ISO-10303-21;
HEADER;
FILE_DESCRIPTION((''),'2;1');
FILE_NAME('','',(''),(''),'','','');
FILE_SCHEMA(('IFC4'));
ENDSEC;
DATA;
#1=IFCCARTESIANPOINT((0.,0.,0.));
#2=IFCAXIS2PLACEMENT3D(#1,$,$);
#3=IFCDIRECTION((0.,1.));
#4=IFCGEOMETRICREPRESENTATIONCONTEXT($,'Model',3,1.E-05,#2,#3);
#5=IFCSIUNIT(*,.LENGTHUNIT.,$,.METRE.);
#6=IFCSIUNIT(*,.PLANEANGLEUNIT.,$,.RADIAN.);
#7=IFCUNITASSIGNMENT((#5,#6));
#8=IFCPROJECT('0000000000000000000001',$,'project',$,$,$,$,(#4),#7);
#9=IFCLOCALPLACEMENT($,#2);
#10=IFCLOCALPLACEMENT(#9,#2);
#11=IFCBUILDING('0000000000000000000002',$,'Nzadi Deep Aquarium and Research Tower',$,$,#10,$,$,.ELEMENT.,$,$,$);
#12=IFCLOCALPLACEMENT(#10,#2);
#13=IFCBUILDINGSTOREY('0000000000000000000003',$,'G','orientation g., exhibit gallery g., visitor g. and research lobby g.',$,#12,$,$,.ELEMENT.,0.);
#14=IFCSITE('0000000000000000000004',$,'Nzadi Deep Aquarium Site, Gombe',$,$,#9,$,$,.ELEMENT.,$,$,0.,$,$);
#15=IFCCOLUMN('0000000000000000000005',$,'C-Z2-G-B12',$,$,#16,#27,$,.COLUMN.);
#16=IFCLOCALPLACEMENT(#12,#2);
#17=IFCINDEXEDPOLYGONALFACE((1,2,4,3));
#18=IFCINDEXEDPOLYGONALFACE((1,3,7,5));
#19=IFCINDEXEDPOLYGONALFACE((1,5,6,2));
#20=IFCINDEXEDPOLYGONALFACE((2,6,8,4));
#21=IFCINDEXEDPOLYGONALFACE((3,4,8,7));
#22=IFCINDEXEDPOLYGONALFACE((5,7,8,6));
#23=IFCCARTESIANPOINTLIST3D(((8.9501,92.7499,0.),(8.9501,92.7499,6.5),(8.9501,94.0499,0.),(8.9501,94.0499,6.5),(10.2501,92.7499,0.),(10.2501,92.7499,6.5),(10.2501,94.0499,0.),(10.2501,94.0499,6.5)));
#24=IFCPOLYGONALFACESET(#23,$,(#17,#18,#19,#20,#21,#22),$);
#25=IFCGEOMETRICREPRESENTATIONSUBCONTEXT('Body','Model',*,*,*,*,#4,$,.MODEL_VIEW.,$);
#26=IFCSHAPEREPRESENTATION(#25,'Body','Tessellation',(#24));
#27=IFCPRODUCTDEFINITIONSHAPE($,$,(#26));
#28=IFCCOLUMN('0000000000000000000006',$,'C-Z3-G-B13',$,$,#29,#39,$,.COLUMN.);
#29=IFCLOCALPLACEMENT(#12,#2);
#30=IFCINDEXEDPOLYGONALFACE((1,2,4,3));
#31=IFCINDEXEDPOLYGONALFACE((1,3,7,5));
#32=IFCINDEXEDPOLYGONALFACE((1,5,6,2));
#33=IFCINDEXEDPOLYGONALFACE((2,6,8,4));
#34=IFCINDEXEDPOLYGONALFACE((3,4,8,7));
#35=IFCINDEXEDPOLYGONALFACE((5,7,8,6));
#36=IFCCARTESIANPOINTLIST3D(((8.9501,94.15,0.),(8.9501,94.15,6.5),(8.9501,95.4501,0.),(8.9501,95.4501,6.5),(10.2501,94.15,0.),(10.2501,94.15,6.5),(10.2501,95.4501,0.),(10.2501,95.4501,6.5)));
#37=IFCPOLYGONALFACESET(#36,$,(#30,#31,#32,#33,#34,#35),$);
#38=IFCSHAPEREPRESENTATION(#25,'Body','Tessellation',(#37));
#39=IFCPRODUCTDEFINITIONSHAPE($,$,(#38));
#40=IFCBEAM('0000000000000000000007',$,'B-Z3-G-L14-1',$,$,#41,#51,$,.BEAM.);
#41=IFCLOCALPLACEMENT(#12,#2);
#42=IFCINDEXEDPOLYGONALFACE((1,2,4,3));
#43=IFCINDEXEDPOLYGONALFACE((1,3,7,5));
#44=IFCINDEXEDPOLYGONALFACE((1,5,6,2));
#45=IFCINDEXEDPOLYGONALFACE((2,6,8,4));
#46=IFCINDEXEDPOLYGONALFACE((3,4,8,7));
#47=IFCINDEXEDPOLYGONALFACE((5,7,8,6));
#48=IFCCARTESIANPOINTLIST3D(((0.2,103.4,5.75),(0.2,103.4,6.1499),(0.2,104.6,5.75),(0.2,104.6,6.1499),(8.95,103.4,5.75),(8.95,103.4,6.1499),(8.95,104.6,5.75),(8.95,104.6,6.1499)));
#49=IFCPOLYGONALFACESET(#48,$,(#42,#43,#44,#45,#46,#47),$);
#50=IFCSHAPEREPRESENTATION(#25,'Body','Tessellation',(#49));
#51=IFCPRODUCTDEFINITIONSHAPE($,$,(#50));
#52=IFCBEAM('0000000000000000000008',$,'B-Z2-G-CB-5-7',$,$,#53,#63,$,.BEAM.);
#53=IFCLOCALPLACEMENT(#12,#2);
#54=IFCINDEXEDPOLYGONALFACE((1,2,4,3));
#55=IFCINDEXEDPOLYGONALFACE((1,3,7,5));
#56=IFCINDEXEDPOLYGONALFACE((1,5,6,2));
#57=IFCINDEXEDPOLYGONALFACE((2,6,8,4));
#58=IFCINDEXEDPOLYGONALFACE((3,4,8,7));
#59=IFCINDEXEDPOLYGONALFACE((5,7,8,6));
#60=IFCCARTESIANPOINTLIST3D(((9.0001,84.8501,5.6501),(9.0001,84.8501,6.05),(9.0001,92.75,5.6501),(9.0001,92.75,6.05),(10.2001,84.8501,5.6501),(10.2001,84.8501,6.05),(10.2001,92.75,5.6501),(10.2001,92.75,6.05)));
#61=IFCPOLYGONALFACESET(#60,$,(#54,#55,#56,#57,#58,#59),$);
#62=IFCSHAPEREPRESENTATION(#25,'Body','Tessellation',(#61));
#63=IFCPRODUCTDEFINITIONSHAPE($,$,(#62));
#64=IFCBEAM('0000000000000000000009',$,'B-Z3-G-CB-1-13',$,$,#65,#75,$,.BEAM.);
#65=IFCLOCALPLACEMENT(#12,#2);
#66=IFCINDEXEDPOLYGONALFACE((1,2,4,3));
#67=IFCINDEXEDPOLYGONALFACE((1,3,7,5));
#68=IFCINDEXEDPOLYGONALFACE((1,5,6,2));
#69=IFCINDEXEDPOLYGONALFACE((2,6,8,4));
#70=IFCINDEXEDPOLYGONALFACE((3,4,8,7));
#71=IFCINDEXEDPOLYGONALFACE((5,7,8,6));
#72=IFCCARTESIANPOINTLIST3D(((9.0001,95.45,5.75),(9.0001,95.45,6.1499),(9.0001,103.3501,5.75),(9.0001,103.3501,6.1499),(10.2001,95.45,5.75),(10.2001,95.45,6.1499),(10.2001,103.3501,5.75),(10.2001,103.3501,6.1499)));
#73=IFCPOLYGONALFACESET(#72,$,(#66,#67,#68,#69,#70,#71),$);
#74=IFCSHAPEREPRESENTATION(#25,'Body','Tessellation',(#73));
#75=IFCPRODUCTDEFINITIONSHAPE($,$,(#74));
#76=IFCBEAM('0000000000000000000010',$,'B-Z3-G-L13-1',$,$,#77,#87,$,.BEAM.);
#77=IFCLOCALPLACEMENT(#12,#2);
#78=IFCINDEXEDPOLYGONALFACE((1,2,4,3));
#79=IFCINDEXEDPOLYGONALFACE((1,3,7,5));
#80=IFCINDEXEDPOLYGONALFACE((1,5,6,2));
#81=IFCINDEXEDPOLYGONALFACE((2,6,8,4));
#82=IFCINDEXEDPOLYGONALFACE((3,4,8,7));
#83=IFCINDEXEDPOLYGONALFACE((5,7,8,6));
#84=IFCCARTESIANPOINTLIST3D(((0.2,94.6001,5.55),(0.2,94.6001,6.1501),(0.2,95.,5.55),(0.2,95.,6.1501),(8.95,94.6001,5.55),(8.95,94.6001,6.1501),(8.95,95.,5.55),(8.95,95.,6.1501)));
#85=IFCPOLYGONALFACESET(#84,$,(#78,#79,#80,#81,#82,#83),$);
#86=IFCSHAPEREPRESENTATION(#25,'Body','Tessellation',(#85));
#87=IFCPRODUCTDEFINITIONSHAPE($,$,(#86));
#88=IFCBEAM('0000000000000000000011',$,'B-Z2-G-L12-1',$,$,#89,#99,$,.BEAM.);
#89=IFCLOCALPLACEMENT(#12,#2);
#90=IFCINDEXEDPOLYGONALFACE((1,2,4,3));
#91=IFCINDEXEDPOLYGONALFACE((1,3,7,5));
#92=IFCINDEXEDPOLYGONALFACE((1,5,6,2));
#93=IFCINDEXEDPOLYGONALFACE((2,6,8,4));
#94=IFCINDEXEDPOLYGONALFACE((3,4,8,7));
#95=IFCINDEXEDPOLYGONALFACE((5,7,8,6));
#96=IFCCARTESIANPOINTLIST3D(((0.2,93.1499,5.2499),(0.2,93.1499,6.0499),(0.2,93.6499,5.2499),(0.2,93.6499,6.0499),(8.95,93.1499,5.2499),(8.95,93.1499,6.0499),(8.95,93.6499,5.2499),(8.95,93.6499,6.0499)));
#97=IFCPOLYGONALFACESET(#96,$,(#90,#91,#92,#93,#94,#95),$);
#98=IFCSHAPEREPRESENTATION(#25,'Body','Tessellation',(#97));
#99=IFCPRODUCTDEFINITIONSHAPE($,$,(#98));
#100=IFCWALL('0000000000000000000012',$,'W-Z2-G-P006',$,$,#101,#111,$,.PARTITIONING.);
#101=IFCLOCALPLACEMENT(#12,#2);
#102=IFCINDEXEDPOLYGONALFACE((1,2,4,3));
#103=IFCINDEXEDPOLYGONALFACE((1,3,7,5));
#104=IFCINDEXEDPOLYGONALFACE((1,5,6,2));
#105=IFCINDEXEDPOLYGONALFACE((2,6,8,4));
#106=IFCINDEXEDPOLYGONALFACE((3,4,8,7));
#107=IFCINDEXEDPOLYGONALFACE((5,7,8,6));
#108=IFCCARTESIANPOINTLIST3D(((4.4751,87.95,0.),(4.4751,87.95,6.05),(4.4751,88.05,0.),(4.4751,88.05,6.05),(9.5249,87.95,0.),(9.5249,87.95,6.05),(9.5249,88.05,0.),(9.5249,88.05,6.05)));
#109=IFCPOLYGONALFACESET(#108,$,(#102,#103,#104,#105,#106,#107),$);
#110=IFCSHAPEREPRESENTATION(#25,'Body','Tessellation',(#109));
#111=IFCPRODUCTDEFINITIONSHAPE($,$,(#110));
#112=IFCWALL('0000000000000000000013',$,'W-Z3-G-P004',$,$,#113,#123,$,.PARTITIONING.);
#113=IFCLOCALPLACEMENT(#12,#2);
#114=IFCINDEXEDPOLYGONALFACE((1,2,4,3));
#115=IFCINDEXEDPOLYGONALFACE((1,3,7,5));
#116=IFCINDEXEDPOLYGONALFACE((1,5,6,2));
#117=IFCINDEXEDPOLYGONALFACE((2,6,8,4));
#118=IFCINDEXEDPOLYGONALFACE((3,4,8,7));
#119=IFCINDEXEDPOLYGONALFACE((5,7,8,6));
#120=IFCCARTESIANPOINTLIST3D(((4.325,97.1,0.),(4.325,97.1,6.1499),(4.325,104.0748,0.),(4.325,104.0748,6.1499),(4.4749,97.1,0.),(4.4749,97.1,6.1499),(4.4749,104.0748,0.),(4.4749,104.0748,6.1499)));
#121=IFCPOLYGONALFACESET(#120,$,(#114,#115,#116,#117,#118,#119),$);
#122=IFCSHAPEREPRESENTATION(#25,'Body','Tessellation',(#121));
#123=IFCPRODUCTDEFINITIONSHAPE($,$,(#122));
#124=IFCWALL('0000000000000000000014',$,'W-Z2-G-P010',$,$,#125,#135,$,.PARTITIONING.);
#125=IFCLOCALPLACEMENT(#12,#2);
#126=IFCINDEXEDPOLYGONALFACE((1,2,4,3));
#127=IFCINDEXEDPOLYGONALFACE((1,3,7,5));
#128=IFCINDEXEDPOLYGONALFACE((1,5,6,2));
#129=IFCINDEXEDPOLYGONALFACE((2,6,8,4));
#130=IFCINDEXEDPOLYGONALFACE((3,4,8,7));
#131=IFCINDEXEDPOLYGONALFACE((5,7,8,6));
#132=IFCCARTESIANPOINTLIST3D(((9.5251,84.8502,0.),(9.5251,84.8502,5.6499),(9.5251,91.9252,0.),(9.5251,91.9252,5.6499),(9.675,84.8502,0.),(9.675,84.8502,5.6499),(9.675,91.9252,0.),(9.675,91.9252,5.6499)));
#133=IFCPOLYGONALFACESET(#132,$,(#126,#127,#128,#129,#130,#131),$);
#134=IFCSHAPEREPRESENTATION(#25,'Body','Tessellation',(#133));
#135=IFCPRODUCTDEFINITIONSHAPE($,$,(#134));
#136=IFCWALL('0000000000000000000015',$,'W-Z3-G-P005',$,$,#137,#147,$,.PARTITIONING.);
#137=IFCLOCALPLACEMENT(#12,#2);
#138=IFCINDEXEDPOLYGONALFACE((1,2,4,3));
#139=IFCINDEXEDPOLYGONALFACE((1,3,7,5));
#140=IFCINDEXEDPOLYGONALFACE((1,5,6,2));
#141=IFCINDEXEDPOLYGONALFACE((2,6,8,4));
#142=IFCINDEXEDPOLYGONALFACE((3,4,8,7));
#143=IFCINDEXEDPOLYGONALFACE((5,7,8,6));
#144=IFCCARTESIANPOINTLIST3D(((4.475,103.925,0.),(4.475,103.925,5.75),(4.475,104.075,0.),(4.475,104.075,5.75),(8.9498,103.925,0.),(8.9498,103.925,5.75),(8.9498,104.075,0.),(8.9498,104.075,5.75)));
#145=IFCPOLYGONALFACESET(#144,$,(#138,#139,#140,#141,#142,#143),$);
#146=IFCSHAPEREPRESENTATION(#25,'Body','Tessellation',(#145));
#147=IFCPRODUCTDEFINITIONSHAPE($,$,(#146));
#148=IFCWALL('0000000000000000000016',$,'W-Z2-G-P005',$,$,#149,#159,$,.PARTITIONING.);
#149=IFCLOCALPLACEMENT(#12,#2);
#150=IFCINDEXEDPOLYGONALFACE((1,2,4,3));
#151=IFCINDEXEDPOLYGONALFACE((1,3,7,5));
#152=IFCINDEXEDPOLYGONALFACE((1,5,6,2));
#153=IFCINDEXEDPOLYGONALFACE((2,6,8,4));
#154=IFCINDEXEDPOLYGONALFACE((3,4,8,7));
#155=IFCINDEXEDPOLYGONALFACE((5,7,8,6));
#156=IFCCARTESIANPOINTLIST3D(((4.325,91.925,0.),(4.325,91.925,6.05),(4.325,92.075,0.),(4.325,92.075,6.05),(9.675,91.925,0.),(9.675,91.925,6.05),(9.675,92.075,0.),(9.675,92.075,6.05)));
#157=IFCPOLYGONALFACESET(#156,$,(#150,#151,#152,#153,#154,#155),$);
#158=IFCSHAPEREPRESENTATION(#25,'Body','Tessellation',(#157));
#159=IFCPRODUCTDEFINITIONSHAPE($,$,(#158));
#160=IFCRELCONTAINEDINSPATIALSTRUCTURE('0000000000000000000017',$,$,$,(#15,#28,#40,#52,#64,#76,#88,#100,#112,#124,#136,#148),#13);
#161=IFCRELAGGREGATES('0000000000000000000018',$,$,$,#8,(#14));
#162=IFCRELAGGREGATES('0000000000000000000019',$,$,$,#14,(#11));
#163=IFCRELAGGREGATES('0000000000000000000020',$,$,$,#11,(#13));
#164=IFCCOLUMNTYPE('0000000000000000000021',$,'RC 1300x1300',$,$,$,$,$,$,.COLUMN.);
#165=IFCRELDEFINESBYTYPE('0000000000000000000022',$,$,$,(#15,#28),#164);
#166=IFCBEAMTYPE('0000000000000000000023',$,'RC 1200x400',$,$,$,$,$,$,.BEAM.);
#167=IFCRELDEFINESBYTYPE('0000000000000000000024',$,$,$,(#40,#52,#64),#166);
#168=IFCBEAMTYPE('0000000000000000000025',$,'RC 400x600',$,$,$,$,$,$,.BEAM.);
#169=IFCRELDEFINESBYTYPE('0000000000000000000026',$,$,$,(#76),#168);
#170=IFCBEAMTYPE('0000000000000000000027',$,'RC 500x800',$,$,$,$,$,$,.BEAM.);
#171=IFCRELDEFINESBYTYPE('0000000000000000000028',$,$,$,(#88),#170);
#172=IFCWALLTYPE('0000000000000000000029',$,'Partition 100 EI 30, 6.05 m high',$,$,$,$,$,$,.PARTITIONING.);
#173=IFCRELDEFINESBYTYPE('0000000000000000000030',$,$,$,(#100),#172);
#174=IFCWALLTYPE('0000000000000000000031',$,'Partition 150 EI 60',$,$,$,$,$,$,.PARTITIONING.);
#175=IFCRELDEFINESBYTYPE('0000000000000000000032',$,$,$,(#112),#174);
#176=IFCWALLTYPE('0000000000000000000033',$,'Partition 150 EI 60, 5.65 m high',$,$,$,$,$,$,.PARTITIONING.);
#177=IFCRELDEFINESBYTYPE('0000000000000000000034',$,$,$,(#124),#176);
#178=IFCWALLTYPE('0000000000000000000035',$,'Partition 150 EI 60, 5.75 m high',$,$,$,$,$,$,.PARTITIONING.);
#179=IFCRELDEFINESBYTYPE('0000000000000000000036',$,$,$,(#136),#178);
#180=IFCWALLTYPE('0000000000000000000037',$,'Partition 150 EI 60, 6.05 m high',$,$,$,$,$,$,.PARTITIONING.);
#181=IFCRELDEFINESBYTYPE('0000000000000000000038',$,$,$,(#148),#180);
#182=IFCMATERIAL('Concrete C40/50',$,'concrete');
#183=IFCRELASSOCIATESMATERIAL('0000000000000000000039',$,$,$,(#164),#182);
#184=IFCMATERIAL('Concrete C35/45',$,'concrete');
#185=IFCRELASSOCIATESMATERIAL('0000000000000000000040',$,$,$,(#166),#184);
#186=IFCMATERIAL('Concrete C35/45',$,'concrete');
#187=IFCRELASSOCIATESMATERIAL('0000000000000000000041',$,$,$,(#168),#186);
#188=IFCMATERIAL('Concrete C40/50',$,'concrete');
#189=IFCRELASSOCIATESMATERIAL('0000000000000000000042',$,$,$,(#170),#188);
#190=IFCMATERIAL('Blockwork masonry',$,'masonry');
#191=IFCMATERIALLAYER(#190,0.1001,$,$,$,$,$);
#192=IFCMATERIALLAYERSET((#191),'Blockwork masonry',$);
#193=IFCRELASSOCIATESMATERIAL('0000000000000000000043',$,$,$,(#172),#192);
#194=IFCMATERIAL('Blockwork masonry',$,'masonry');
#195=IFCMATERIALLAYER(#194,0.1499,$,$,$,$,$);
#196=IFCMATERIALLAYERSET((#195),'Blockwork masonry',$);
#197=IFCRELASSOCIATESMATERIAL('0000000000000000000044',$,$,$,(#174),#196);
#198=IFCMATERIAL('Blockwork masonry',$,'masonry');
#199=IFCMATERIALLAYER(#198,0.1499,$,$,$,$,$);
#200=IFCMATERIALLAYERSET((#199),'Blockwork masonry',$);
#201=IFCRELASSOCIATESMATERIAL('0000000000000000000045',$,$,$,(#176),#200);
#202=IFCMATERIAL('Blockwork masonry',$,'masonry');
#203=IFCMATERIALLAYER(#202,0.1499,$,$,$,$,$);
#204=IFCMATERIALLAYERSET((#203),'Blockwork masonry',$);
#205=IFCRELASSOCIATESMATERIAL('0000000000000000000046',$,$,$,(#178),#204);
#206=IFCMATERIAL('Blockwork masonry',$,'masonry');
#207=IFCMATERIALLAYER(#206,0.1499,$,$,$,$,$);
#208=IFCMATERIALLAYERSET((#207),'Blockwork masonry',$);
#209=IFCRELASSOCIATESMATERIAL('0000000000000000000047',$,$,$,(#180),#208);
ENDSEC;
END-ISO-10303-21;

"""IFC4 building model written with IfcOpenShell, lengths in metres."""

from ifc_helpers import new_model, si_unit, direction, frame, frame_2d, origin, origin_2d, place, context, subcontext, project, spatial, rectangle, extrude, material, layer, layer_set, material_profile, profile_set, type_object, element, save


model = new_model("IFC4")

# Units and contexts
model_context = context("Model", 3, precision=1e-05, world=origin(), true_north=direction((0.0, 1.0)))
body_context = subcontext(model_context, "Body", "Model", "MODEL_VIEW")
ifc_project = project(units=[si_unit("LENGTHUNIT", "METRE"), si_unit("PLANEANGLEUNIT", "RADIAN")], contexts=[model_context])

# Site, building, storey
site_placement = place(None, origin())
site = spatial("IfcSite", under=ifc_project, at=site_placement, Name="Nzadi Deep Aquarium Site, Gombe", CompositionType="ELEMENT", RefElevation=0.0)
building_placement = place(site_placement, origin())
building = spatial("IfcBuilding", under=site, at=building_placement, Name="Nzadi Deep Aquarium and Research Tower", CompositionType="ELEMENT")
storey_placement = place(building_placement, origin())
storey = spatial("IfcBuildingStorey", under=building, at=storey_placement, Name="G", Description="orientation g., exhibit gallery g., visitor g. and research lobby g.", CompositionType="ELEMENT", Elevation=0.0)

# Columns
ifc_material_1 = material(Name="Concrete C40/50", Category="concrete")
ifc_material_profile_1 = material_profile(ifc_material_1, rectangle(XDim=1.3, YDim=1.3, at=origin_2d()))
ifc_profile_set_1 = profile_set([ifc_material_profile_1], Name="Concrete C40/50")
column_type = type_object("IfcColumnType", Name="RC 1300x1300", PredefinedType="COLUMN", material=ifc_profile_set_1)
for number, where, z_axis, x_axis, name in (
    (1, (9.6001, 93.3999, 0.0), (0.0, 0.0, 1.0), (1.0, 0.0, 0.0), "C-Z2-G-B12"),
    (2, (9.6001, 94.8, 0.0), (0.0, 0.0, 1.0), (1.0, 0.0, 0.0), "C-Z3-G-B13"),
):
    element("IfcColumn", number, at=place(storey_placement, frame(where, z_axis=z_axis, x_axis=x_axis)), inside=storey, type_object=column_type, Name=name, PredefinedType="COLUMN", context=body_context, shape_type="SweptSolid", body=[
        extrude(rectangle(XDim=1.3, YDim=1.3, at=origin_2d()), origin(), (0.0, 0.0, 1.0), 6.5),
    ])

# Beams
ifc_material_2 = material(Name="Concrete C35/45", Category="concrete")
ifc_material_profile_2 = material_profile(ifc_material_2, rectangle(XDim=1.2, YDim=0.3999, at=origin_2d()))
ifc_profile_set_2 = profile_set([ifc_material_profile_2], Name="Concrete C35/45")
beam_type_1 = type_object("IfcBeamType", Name="RC 1200x400", PredefinedType="BEAM", material=ifc_profile_set_2)
beam_1_placement = place(storey_placement, frame((0.2, 104.0, 5.95), z_axis=(1.0, 0.0, 0.0), x_axis=(0.0, 1.0, 0.0)))
element("IfcBeam", 3, at=beam_1_placement, inside=storey, type_object=beam_type_1, Name="B-Z3-G-L14-1", PredefinedType="BEAM", context=body_context, shape_type="SweptSolid", body=[
    extrude(rectangle(XDim=1.2, YDim=0.3999, at=origin_2d()), origin(), (0.0, 0.0, 1.0), 8.75),
])
beam_2_placement = place(storey_placement, frame((9.6001, 84.8501, 5.8501), z_axis=(0.0, 1.0, 0.0), x_axis=(-1.0, 0.0, 0.0)))
element("IfcBeam", 4, at=beam_2_placement, inside=storey, type_object=beam_type_1, Name="B-Z2-G-CB-5-7", PredefinedType="BEAM", context=body_context, shape_type="SweptSolid", body=[
    extrude(rectangle(XDim=1.2, YDim=0.3999, at=origin_2d()), origin(), (0.0, 0.0, 1.0), 7.8999),
])
beam_3_placement = place(storey_placement, frame((9.6001, 95.45, 5.95), z_axis=(0.0, 1.0, 0.0), x_axis=(-1.0, 0.0, 0.0)))
element("IfcBeam", 5, at=beam_3_placement, inside=storey, type_object=beam_type_1, Name="B-Z3-G-CB-1-13", PredefinedType="BEAM", context=body_context, shape_type="SweptSolid", body=[
    extrude(rectangle(XDim=1.2, YDim=0.3999, at=origin_2d()), origin(), (0.0, 0.0, 1.0), 7.9001),
])
ifc_material_3 = material(Name="Concrete C35/45", Category="concrete")
ifc_material_profile_3 = material_profile(ifc_material_3, rectangle(XDim=0.3999, YDim=0.6001, at=origin_2d()))
ifc_profile_set_3 = profile_set([ifc_material_profile_3], Name="Concrete C35/45")
beam_type_2 = type_object("IfcBeamType", Name="RC 400x600", PredefinedType="BEAM", material=ifc_profile_set_3)
beam_4_placement = place(storey_placement, frame((0.2, 94.8, 5.8501), z_axis=(1.0, 0.0, 0.0), x_axis=(0.0, 1.0, 0.0)))
element("IfcBeam", 6, at=beam_4_placement, inside=storey, type_object=beam_type_2, Name="B-Z3-G-L13-1", PredefinedType="BEAM", context=body_context, shape_type="SweptSolid", body=[
    extrude(rectangle(XDim=0.3999, YDim=0.6001, at=origin_2d()), origin(), (0.0, 0.0, 1.0), 8.75),
])
ifc_material_4 = material(Name="Concrete C40/50", Category="concrete")
ifc_material_profile_4 = material_profile(ifc_material_4, rectangle(XDim=0.5, YDim=0.8, at=origin_2d()))
ifc_profile_set_4 = profile_set([ifc_material_profile_4], Name="Concrete C40/50")
beam_type_3 = type_object("IfcBeamType", Name="RC 500x800", PredefinedType="BEAM", material=ifc_profile_set_4)
beam_5_placement = place(storey_placement, frame((0.2, 93.3999, 5.6499), z_axis=(1.0, 0.0, 0.0), x_axis=(0.0, 1.0, 0.0)))
element("IfcBeam", 7, at=beam_5_placement, inside=storey, type_object=beam_type_3, Name="B-Z2-G-L12-1", PredefinedType="BEAM", context=body_context, shape_type="SweptSolid", body=[
    extrude(rectangle(XDim=0.5, YDim=0.8, at=origin_2d()), origin(), (0.0, 0.0, 1.0), 8.75),
])

# Walls
ifc_material_5 = material(Name="Blockwork masonry", Category="masonry")
ifc_layer_1 = layer(ifc_material_5, 0.1001)
ifc_layer_set_1 = layer_set([ifc_layer_1], Name="Blockwork masonry")
wall_type_1 = type_object("IfcWallType", Name="Partition 100 EI 30, 6.05 m high", PredefinedType="PARTITIONING", material=ifc_layer_set_1)
wall_1_placement = place(storey_placement, frame((4.4751, 88.0, 0.0), z_axis=(0.0, 0.0, 1.0), x_axis=(1.0, 0.0, 0.0)))
element("IfcWall", 8, at=wall_1_placement, inside=storey, type_object=wall_type_1, Name="W-Z2-G-P006", PredefinedType="PARTITIONING", context=body_context, shape_type="SweptSolid", body=[
    extrude(rectangle(XDim=5.0498, YDim=0.1001, at=frame_2d((2.5249, 0.0))), origin(), (0.0, 0.0, 1.0), 6.05),
])
ifc_material_6 = material(Name="Blockwork masonry", Category="masonry")
ifc_layer_2 = layer(ifc_material_6, 0.1499)
ifc_layer_set_2 = layer_set([ifc_layer_2], Name="Blockwork masonry")
wall_type_2 = type_object("IfcWallType", Name="Partition 150 EI 60", PredefinedType="PARTITIONING", material=ifc_layer_set_2)
wall_2_placement = place(storey_placement, frame((4.3999, 97.1001, 0.0), z_axis=(0.0, 0.0, 1.0), x_axis=(0.0, 1.0, 0.0)))
element("IfcWall", 9, at=wall_2_placement, inside=storey, type_object=wall_type_2, Name="W-Z3-G-P004", PredefinedType="PARTITIONING", context=body_context, shape_type="SweptSolid", body=[
    extrude(rectangle(XDim=6.9749, YDim=0.1499, at=frame_2d((3.4873, 0.0))), origin(), (0.0, 0.0, 1.0), 6.1499),
])
ifc_material_7 = material(Name="Blockwork masonry", Category="masonry")
ifc_layer_3 = layer(ifc_material_7, 0.1499)
ifc_layer_set_3 = layer_set([ifc_layer_3], Name="Blockwork masonry")
wall_type_3 = type_object("IfcWallType", Name="Partition 150 EI 60, 5.65 m high", PredefinedType="PARTITIONING", material=ifc_layer_set_3)
wall_3_placement = place(storey_placement, frame((9.6001, 84.8501, 0.0), z_axis=(0.0, 0.0, 1.0), x_axis=(0.0, 1.0, 0.0)))
element("IfcWall", 10, at=wall_3_placement, inside=storey, type_object=wall_type_3, Name="W-Z2-G-P010", PredefinedType="PARTITIONING", context=body_context, shape_type="SweptSolid", body=[
    extrude(rectangle(XDim=7.075, YDim=0.1499, at=frame_2d((3.5376, 0.0))), origin(), (0.0, 0.0, 1.0), 5.6499),
])
ifc_material_8 = material(Name="Blockwork masonry", Category="masonry")
ifc_layer_4 = layer(ifc_material_8, 0.1499)
ifc_layer_set_4 = layer_set([ifc_layer_4], Name="Blockwork masonry")
wall_type_4 = type_object("IfcWallType", Name="Partition 150 EI 60, 5.75 m high", PredefinedType="PARTITIONING", material=ifc_layer_set_4)
wall_4_placement = place(storey_placement, frame((4.4751, 104.0, 0.0), z_axis=(0.0, 0.0, 1.0), x_axis=(1.0, 0.0, 0.0)))
element("IfcWall", 11, at=wall_4_placement, inside=storey, type_object=wall_type_4, Name="W-Z3-G-P005", PredefinedType="PARTITIONING", context=body_context, shape_type="SweptSolid", body=[
    extrude(rectangle(XDim=4.4749, YDim=0.1499, at=frame_2d((2.2373, 0.0))), origin(), (0.0, 0.0, 1.0), 5.75),
])
ifc_material_9 = material(Name="Blockwork masonry", Category="masonry")
ifc_layer_5 = layer(ifc_material_9, 0.1499)
ifc_layer_set_5 = layer_set([ifc_layer_5], Name="Blockwork masonry")
wall_type_5 = type_object("IfcWallType", Name="Partition 150 EI 60, 6.05 m high", PredefinedType="PARTITIONING", material=ifc_layer_set_5)
wall_5_placement = place(storey_placement, frame((4.325, 92.0, 0.0), z_axis=(0.0, 0.0, 1.0), x_axis=(1.0, 0.0, 0.0)))
element("IfcWall", 12, at=wall_5_placement, inside=storey, type_object=wall_type_5, Name="W-Z2-G-P005", PredefinedType="PARTITIONING", context=body_context, shape_type="SweptSolid", body=[
    extrude(rectangle(XDim=5.3501, YDim=0.1499, at=frame_2d((2.675, 0.0))), origin(), (0.0, 0.0, 1.0), 6.05),
])

save(model, "model.ifc")
